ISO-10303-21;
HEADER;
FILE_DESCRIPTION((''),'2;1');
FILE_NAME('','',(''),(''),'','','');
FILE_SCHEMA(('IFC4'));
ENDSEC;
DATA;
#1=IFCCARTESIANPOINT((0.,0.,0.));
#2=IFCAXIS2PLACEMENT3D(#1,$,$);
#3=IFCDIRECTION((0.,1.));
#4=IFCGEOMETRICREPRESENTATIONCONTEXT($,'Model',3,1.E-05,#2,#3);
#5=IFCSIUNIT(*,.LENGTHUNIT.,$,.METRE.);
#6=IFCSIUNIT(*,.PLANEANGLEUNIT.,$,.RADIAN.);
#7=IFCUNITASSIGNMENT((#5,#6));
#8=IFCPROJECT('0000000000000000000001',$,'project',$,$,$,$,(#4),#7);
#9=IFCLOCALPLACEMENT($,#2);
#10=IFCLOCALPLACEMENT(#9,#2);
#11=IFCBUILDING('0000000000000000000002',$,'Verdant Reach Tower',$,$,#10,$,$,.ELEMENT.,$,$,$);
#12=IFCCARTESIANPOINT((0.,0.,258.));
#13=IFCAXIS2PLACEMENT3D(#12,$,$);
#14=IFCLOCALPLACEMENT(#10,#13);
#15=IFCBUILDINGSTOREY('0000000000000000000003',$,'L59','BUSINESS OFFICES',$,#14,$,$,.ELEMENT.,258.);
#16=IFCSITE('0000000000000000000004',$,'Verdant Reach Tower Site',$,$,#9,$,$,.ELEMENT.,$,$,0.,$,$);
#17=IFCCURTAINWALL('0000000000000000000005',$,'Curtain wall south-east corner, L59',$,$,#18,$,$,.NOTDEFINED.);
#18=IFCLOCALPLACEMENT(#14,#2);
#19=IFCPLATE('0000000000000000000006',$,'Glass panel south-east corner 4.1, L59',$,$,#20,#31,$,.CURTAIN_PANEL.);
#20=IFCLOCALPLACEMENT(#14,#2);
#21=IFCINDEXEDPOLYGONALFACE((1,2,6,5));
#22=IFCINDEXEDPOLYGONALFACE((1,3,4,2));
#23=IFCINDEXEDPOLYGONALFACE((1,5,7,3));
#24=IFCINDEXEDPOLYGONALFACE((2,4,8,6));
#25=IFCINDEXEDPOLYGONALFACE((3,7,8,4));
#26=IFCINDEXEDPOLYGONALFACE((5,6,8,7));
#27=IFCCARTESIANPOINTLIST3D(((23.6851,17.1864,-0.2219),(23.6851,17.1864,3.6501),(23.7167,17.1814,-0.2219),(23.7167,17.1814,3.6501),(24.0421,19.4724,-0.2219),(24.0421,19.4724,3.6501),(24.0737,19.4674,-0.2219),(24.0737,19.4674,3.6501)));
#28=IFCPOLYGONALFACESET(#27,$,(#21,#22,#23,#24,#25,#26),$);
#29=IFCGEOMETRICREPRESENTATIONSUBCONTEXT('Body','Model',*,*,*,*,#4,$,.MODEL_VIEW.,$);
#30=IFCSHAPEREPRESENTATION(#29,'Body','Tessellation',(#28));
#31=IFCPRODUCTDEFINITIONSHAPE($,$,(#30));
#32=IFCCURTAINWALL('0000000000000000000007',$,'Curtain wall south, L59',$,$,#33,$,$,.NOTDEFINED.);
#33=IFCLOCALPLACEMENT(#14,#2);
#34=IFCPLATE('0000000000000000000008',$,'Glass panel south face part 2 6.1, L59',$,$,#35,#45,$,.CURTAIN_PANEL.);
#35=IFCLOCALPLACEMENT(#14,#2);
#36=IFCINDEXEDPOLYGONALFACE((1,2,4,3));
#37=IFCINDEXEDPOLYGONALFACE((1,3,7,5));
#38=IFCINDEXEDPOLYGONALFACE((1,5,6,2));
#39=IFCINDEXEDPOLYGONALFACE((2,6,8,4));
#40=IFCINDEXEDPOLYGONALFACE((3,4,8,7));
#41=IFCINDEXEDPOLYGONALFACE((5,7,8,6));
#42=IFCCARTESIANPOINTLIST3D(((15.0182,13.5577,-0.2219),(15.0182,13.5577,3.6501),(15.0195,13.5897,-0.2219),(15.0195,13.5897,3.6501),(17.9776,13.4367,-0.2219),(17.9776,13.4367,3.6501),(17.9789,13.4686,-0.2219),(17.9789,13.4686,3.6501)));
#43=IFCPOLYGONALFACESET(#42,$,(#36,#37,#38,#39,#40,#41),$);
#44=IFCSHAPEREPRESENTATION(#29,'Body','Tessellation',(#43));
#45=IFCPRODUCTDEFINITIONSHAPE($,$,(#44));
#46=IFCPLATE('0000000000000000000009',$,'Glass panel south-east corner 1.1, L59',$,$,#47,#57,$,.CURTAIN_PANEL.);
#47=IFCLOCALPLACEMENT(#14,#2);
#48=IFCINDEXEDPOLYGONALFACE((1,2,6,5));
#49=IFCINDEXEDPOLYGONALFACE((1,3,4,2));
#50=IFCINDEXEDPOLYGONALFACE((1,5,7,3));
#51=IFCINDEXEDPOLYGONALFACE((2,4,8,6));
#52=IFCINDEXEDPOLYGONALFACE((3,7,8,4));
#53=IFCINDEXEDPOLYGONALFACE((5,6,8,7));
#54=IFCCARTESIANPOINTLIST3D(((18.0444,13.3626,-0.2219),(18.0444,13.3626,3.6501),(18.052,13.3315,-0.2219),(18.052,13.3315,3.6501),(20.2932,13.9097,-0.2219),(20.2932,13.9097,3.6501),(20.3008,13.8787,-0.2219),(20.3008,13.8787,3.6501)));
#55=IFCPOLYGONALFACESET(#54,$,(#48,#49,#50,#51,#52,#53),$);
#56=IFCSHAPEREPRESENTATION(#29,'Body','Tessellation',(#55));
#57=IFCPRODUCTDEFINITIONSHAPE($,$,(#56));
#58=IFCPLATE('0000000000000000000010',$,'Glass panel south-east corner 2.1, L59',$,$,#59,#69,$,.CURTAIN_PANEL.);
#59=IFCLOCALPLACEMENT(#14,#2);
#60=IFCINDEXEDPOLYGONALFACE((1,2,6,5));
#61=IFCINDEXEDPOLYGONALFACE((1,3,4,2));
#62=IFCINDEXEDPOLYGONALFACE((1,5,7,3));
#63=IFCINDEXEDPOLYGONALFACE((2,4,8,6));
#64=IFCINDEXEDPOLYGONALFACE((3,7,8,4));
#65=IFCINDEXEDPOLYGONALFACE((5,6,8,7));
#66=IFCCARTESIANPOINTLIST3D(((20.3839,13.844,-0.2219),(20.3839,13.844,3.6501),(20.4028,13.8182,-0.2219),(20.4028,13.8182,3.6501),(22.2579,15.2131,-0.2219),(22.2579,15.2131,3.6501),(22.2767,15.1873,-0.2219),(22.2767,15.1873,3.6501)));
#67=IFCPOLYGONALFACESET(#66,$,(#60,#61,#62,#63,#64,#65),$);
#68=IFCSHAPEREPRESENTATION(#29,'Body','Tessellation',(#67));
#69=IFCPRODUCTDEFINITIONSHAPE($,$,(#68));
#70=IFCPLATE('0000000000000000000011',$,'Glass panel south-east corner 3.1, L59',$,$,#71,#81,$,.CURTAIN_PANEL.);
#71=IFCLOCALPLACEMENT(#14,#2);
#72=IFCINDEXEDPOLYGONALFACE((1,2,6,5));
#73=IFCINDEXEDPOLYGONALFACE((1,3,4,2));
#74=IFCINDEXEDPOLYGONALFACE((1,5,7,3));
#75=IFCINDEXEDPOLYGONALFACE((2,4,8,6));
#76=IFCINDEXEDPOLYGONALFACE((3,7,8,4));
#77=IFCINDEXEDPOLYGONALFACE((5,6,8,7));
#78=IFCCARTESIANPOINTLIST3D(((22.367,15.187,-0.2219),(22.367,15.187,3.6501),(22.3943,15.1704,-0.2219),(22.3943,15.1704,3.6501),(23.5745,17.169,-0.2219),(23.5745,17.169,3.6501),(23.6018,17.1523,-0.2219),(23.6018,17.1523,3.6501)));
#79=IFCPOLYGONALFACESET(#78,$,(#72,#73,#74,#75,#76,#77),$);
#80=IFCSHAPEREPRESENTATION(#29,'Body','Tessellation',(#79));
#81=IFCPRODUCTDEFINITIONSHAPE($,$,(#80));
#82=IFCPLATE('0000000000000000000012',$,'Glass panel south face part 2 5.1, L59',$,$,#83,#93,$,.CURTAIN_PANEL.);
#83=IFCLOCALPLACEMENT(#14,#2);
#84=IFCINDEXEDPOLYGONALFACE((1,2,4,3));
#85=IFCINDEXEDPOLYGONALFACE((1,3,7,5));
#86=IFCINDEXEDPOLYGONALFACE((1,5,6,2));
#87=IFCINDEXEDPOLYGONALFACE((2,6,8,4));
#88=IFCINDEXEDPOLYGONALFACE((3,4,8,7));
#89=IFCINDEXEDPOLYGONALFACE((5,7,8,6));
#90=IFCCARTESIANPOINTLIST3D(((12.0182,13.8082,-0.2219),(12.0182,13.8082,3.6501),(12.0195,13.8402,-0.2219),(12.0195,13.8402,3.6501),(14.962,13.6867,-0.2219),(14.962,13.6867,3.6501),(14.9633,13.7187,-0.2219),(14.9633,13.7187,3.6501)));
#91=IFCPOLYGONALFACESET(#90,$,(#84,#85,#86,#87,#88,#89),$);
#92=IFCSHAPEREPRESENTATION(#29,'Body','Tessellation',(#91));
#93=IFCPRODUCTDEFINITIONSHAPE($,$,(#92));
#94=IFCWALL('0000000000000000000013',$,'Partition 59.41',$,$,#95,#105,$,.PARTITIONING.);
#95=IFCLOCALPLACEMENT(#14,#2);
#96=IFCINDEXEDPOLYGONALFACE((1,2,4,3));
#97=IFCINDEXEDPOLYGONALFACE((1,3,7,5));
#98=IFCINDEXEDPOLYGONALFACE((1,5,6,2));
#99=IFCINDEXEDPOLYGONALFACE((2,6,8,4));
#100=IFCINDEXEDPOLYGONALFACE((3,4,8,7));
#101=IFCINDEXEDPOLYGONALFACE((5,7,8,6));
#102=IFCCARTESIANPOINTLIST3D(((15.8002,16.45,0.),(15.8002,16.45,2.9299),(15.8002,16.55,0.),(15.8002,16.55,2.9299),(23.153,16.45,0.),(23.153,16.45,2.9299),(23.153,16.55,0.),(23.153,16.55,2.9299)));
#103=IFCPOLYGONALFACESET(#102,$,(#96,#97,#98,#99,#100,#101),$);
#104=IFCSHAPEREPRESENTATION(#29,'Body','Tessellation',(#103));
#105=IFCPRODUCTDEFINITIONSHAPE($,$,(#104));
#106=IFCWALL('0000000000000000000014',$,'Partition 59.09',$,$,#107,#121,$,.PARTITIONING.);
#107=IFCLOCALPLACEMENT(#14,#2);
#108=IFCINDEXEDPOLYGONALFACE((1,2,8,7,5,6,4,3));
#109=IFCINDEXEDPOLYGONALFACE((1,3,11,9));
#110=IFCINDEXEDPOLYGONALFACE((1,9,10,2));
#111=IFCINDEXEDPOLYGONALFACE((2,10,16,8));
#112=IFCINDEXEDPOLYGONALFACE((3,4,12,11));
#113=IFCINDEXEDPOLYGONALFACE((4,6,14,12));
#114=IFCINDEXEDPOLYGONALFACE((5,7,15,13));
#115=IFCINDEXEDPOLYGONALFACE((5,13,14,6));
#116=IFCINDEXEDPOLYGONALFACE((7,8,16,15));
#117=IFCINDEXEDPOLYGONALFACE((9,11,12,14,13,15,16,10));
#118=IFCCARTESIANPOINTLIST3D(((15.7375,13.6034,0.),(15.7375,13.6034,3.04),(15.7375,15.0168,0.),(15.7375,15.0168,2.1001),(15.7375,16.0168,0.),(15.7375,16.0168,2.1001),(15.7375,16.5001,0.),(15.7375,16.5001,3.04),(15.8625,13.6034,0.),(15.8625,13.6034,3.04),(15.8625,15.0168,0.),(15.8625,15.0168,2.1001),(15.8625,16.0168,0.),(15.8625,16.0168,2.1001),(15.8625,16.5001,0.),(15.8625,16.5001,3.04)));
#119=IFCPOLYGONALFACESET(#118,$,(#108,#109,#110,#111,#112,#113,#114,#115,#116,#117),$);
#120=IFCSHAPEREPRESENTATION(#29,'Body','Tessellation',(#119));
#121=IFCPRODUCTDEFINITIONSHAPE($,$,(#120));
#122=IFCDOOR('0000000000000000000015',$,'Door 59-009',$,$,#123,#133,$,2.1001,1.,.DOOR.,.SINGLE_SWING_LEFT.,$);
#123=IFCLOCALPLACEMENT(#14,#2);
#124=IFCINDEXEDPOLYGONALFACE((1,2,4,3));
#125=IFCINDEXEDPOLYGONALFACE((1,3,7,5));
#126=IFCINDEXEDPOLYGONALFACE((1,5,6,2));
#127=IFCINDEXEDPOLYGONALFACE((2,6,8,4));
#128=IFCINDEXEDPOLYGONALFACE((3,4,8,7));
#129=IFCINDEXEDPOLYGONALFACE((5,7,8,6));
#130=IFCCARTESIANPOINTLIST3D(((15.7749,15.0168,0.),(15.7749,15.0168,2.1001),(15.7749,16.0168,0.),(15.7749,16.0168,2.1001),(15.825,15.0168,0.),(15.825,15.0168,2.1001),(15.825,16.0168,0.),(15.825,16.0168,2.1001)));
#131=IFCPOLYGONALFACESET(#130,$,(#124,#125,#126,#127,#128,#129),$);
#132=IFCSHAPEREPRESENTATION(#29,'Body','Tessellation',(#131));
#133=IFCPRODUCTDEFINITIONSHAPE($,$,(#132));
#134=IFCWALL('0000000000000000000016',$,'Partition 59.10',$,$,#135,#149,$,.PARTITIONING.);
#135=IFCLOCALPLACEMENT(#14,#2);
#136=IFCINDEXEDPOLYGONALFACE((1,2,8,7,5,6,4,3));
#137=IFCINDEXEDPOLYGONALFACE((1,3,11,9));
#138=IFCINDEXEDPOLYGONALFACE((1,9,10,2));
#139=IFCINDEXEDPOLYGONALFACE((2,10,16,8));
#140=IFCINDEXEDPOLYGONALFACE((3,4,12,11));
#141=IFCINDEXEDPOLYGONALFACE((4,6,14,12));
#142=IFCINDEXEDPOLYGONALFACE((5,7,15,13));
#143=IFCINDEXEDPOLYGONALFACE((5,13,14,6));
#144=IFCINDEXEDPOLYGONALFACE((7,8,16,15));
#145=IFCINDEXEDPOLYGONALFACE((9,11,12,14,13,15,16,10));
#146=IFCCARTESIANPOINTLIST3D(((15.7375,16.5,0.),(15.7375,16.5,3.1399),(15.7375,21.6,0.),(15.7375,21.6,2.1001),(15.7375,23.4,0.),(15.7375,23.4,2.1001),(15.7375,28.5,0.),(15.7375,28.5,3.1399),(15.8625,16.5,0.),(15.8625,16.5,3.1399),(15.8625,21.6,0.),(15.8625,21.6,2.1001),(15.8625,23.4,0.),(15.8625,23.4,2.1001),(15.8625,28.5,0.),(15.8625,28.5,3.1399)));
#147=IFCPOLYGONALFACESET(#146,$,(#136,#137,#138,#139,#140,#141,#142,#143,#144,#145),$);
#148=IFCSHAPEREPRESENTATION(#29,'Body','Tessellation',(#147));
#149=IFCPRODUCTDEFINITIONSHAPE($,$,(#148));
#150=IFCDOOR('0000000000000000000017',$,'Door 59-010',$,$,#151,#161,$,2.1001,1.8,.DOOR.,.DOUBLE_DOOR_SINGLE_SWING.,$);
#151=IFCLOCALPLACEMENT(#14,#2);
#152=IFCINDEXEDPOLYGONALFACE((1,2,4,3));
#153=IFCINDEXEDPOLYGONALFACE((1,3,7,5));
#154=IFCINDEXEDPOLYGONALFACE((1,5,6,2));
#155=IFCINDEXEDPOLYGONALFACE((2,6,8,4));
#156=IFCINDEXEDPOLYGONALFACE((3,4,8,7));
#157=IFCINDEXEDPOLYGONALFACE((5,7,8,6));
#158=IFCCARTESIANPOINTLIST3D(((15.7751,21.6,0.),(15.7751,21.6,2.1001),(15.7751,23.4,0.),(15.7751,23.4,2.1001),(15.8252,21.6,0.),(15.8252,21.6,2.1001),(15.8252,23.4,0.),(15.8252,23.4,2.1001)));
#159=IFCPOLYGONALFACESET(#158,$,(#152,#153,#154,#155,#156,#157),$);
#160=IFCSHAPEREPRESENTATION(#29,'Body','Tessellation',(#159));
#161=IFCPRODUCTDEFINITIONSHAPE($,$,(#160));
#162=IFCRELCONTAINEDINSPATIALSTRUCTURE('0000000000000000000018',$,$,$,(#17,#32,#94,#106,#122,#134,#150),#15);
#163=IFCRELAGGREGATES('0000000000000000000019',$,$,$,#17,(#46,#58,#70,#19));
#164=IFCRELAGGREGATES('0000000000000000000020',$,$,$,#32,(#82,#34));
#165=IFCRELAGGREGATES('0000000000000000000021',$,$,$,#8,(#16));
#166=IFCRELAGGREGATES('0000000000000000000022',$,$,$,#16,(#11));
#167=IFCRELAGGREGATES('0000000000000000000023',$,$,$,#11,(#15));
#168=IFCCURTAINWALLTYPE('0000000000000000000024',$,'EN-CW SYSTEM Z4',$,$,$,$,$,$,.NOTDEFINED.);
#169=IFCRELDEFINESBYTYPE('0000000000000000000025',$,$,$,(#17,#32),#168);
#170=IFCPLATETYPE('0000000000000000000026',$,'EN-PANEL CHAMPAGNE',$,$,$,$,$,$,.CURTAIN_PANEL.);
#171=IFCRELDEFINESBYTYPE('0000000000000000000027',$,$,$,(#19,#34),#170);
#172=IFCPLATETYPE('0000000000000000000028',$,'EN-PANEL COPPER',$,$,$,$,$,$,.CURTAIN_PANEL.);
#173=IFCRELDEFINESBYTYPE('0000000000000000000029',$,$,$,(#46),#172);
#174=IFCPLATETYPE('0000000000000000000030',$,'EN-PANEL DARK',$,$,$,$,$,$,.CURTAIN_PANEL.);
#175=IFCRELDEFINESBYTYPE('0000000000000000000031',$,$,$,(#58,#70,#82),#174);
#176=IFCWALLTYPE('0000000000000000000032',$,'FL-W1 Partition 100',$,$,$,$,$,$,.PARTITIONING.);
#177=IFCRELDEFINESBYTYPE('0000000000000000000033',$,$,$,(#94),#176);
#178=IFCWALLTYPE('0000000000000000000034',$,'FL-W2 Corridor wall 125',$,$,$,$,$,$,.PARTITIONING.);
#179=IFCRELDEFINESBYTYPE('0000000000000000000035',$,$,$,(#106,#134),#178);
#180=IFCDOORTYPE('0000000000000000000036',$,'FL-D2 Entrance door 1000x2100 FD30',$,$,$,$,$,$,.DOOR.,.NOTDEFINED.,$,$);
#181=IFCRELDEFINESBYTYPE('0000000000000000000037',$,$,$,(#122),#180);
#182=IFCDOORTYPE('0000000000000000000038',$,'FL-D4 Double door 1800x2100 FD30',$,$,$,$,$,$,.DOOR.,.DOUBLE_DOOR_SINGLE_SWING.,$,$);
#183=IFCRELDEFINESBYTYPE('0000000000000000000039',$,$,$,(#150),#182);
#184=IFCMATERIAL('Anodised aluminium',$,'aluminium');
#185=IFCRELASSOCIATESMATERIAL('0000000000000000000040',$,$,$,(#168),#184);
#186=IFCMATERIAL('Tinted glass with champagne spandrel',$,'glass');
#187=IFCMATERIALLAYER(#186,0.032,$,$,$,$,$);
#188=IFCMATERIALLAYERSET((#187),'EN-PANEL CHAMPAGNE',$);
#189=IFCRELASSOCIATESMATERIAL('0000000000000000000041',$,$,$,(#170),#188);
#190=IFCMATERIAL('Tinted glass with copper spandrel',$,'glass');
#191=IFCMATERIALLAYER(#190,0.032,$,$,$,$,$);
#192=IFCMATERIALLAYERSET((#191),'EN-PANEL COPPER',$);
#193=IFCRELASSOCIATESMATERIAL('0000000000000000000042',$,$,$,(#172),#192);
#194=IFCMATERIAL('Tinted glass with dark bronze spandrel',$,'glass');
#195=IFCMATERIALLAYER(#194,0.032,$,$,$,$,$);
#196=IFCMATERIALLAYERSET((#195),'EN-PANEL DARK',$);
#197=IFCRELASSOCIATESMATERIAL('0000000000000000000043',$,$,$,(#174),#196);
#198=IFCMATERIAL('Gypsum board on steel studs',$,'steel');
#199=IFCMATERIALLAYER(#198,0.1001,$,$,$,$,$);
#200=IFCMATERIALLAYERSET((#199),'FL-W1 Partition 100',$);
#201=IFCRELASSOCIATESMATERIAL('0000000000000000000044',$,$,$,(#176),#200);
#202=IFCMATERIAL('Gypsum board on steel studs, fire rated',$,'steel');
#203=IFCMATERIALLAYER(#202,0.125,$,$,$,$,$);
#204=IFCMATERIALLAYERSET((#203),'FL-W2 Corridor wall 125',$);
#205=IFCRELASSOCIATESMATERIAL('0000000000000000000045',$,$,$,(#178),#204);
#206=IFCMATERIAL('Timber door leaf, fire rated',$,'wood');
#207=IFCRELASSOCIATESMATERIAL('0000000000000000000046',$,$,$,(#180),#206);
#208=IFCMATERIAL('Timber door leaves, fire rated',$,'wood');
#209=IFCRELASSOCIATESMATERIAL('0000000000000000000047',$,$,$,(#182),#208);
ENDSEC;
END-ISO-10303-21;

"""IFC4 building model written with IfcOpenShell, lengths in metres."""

from ifc_helpers import new_model, si_unit, direction, frame, frame_2d, origin, origin_2d, place, context, subcontext, project, spatial, rectangle, extrude, material, layer, layer_set, type_object, element, fill, aggregate, save


model = new_model("IFC4")

# Units and contexts
model_context = context("Model", 3, precision=1e-05, world=origin(), true_north=direction((0.0, 1.0)))
body_context = subcontext(model_context, "Body", "Model", "MODEL_VIEW")
ifc_project = project(units=[si_unit("LENGTHUNIT", "METRE"), si_unit("PLANEANGLEUNIT", "RADIAN")], contexts=[model_context])

# Site, building, storey
site_placement = place(None, origin())
site = spatial("IfcSite", under=ifc_project, at=site_placement, Name="Verdant Reach Tower Site", CompositionType="ELEMENT", RefElevation=0.0)
building_placement = place(site_placement, origin())
building = spatial("IfcBuilding", under=site, at=building_placement, Name="Verdant Reach Tower", CompositionType="ELEMENT")
storey_placement = place(building_placement, frame((0.0, 0.0, 258.0)))
storey = spatial("IfcBuildingStorey", under=building, at=storey_placement, Name="L59", Description="BUSINESS OFFICES", CompositionType="ELEMENT", Elevation=258.0)

# Curtain walls, plates
ifc_material_1 = material(Name="Anodised aluminium", Category="aluminium")
curtain_wall_type = type_object("IfcCurtainWallType", Name="EN-CW SYSTEM Z4", PredefinedType="NOTDEFINED", material=ifc_material_1)
curtain_wall_1_placement = place(storey_placement, origin())
curtain_wall_1 = element("IfcCurtainWall", 1, at=curtain_wall_1_placement, inside=storey, type_object=curtain_wall_type, Name="Curtain wall south-east corner, L59", PredefinedType="NOTDEFINED")
ifc_material_2 = material(Name="Tinted glass with champagne spandrel", Category="glass")
ifc_layer_1 = layer(ifc_material_2, 0.032)
ifc_layer_set_1 = layer_set([ifc_layer_1], Name="EN-PANEL CHAMPAGNE")
plate_type_1 = type_object("IfcPlateType", Name="EN-PANEL CHAMPAGNE", PredefinedType="CURTAIN_PANEL", material=ifc_layer_set_1)
plate_1_placement = place(storey_placement, frame((23.8794, 18.3269, -0.2219), z_axis=(0.0, 0.0, 1.0), x_axis=(0.154325, 0.98802, 0.0)))
plate_1 = element("IfcPlate", 2, at=plate_1_placement, type_object=plate_type_1, Name="Glass panel south-east corner 4.1, L59", PredefinedType="CURTAIN_PANEL", context=body_context, shape_type="SweptSolid", body=[
    extrude(rectangle(XDim=2.3137, YDim=0.032, at=origin_2d()), origin(), (0.0, 0.0, 1.0), 3.8721),
])
curtain_wall_2_placement = place(storey_placement, origin())
curtain_wall_2 = element("IfcCurtainWall", 3, at=curtain_wall_2_placement, inside=storey, type_object=curtain_wall_type, Name="Curtain wall south, L59", PredefinedType="NOTDEFINED")
plate_2_placement = place(storey_placement, frame((16.4985, 13.5132, -0.2219), z_axis=(0.0, 0.0, 1.0), x_axis=(0.999164, -0.040881, 0.0)))
plate_2 = element("IfcPlate", 4, at=plate_2_placement, type_object=plate_type_1, Name="Glass panel south face part 2 6.1, L59", PredefinedType="CURTAIN_PANEL", context=body_context, shape_type="SweptSolid", body=[
    extrude(rectangle(XDim=2.9619, YDim=0.032, at=origin_2d()), origin(), (0.0, 0.0, 1.0), 3.8721),
])

# Plates
ifc_material_3 = material(Name="Tinted glass with copper spandrel", Category="glass")
ifc_layer_2 = layer(ifc_material_3, 0.032)
ifc_layer_set_2 = layer_set([ifc_layer_2], Name="EN-PANEL COPPER")
plate_type_2 = type_object("IfcPlateType", Name="EN-PANEL COPPER", PredefinedType="CURTAIN_PANEL", material=ifc_layer_set_2)
plate_3_placement = place(storey_placement, frame((19.1726, 13.6206, -0.2219), z_axis=(0.0, 0.0, 1.0), x_axis=(0.971652, 0.236414, 0.0)))
plate_3 = element("IfcPlate", 5, at=plate_3_placement, type_object=plate_type_2, Name="Glass panel south-east corner 1.1, L59", PredefinedType="CURTAIN_PANEL", context=body_context, shape_type="SweptSolid", body=[
    extrude(rectangle(XDim=2.3145, YDim=0.032, at=origin_2d()), origin(), (0.0, 0.0, 1.0), 3.8721),
])
ifc_material_4 = material(Name="Tinted glass with dark bronze spandrel", Category="glass")
ifc_layer_3 = layer(ifc_material_4, 0.032)
ifc_layer_set_3 = layer_set([ifc_layer_3], Name="EN-PANEL DARK")
plate_type_3 = type_object("IfcPlateType", Name="EN-PANEL DARK", PredefinedType="CURTAIN_PANEL", material=ifc_layer_set_3)
plate_4_placement = place(storey_placement, frame((21.3303, 14.5156, -0.2219), z_axis=(0.0, 0.0, 1.0), x_axis=(0.807457, 0.589927, 0.0)))
plate_4 = element("IfcPlate", 6, at=plate_4_placement, type_object=plate_type_3, Name="Glass panel south-east corner 2.1, L59", PredefinedType="CURTAIN_PANEL", context=body_context, shape_type="SweptSolid", body=[
    extrude(rectangle(XDim=2.3208, YDim=0.032, at=origin_2d()), origin(), (0.0, 0.0, 1.0), 3.8721),
])
plate_5_placement = place(storey_placement, frame((22.9844, 16.1697, -0.2219), z_axis=(0.0, 0.0, 1.0), x_axis=(0.520292, 0.853989, 0.0)))
plate_5 = element("IfcPlate", 7, at=plate_5_placement, type_object=plate_type_3, Name="Glass panel south-east corner 3.1, L59", PredefinedType="CURTAIN_PANEL", context=body_context, shape_type="SweptSolid", body=[
    extrude(rectangle(XDim=2.3208, YDim=0.032, at=origin_2d()), origin(), (0.0, 0.0, 1.0), 3.8721),
])
aggregate(curtain_wall_1, [plate_3, plate_4, plate_5, plate_1])
plate_6_placement = place(storey_placement, frame((13.4907, 13.7634, -0.2219), z_axis=(0.0, 0.0, 1.0), x_axis=(0.999149, -0.041242, 0.0)))
plate_6 = element("IfcPlate", 8, at=plate_6_placement, type_object=plate_type_3, Name="Glass panel south face part 2 5.1, L59", PredefinedType="CURTAIN_PANEL", context=body_context, shape_type="SweptSolid", body=[
    extrude(rectangle(XDim=2.9463, YDim=0.032, at=origin_2d()), origin(), (0.0, 0.0, 1.0), 3.8721),
])
aggregate(curtain_wall_2, [plate_6, plate_2])

# Wall
ifc_material_5 = material(Name="Gypsum board on steel studs", Category="steel")
ifc_layer_4 = layer(ifc_material_5, 0.1001)
ifc_layer_set_4 = layer_set([ifc_layer_4], Name="FL-W1 Partition 100")
wall_type_1 = type_object("IfcWallType", Name="FL-W1 Partition 100", PredefinedType="PARTITIONING", material=ifc_layer_set_4)
wall_1_placement = place(storey_placement, frame((23.1528, 16.5, 0.0), z_axis=(0.0, 0.0, 1.0), x_axis=(-1.0, 0.0, 0.0)))
element("IfcWall", 9, at=wall_1_placement, inside=storey, type_object=wall_type_1, Name="Partition 59.41", PredefinedType="PARTITIONING", context=body_context, shape_type="SweptSolid", body=[
    extrude(rectangle(XDim=7.3528, YDim=0.1001, at=frame_2d((3.6763, 0.0))), origin(), (0.0, 0.0, 1.0), 2.9299),
])

# Walls, openings, doors
ifc_material_6 = material(Name="Gypsum board on steel studs, fire rated", Category="steel")
ifc_layer_5 = layer(ifc_material_6, 0.125)
ifc_layer_set_5 = layer_set([ifc_layer_5], Name="FL-W2 Corridor wall 125")
wall_type_2 = type_object("IfcWallType", Name="FL-W2 Corridor wall 125", PredefinedType="PARTITIONING", material=ifc_layer_set_5)
wall_2_placement = place(storey_placement, frame((15.8, 16.5, 0.0), z_axis=(0.0, 0.0, 1.0), x_axis=(0.0, -1.0, 0.0)))
wall_2 = element("IfcWall", 10, at=wall_2_placement, inside=storey, type_object=wall_type_2, Name="Partition 59.09", PredefinedType="PARTITIONING", context=body_context, shape_type="SweptSolid", body=[
    extrude(rectangle(XDim=2.8967, YDim=0.125, at=frame_2d((1.4482, 0.0))), origin(), (0.0, 0.0, 1.0), 3.04),
])
opening_1_placement = place(wall_2_placement, frame((0.4832, 0.0, 0.0)))
opening_1 = element("IfcOpeningElement", 11, at=opening_1_placement, cuts=wall_2, PredefinedType="OPENING", context=body_context, shape_type="SweptSolid", body=[
    extrude(rectangle(XDim=1.0, YDim=2.1001, at=frame_2d((0.5, 1.05))), frame((0.0, 0.0725, 0.0), z_axis=(0.0, -1.0, 0.0), x_axis=(1.0, 0.0, 0.0)), (0.0, 0.0, 1.0), 0.145),
])
ifc_material_7 = material(Name="Timber door leaf, fire rated", Category="wood")
door_type_1 = type_object("IfcDoorType", Name="FL-D2 Entrance door 1000x2100 FD30", OperationType="NOTDEFINED", PredefinedType="DOOR", material=ifc_material_7)
door_1_placement = place(opening_1_placement, origin())
door_1 = element("IfcDoor", 12, at=door_1_placement, inside=storey, type_object=door_type_1, Name="Door 59-009", OperationType="SINGLE_SWING_LEFT", OverallHeight=2.1001, OverallWidth=1.0, PredefinedType="DOOR", context=body_context, shape_type="SweptSolid", body=[
    extrude(rectangle(XDim=1.0, YDim=2.1001, at=frame_2d((0.5, 1.05))), frame((0.0, 0.0249, 0.0), z_axis=(0.0, -1.0, 0.0), x_axis=(1.0, 0.0, 0.0)), (0.0, 0.0, 1.0), 0.05),
])
fill(opening_1, door_1)
wall_3_placement = place(storey_placement, frame((15.8, 16.5, 0.0), z_axis=(0.0, 0.0, 1.0), x_axis=(0.0, 1.0, 0.0)))
wall_3 = element("IfcWall", 13, at=wall_3_placement, inside=storey, type_object=wall_type_2, Name="Partition 59.10", PredefinedType="PARTITIONING", context=body_context, shape_type="SweptSolid", body=[
    extrude(rectangle(XDim=12.0, YDim=0.125, at=frame_2d((6.0, 0.0))), origin(), (0.0, 0.0, 1.0), 3.1399),
])
opening_2_placement = place(wall_3_placement, frame((5.1001, 0.0, 0.0)))
opening_2 = element("IfcOpeningElement", 14, at=opening_2_placement, cuts=wall_3, PredefinedType="OPENING", context=body_context, shape_type="SweptSolid", body=[
    extrude(rectangle(XDim=1.8, YDim=2.1001, at=frame_2d((0.8999, 1.05))), frame((0.0, 0.0725, 0.0), z_axis=(0.0, -1.0, 0.0), x_axis=(1.0, 0.0, 0.0)), (0.0, 0.0, 1.0), 0.145),
])
ifc_material_8 = material(Name="Timber door leaves, fire rated", Category="wood")
door_type_2 = type_object("IfcDoorType", Name="FL-D4 Double door 1800x2100 FD30", OperationType="DOUBLE_DOOR_SINGLE_SWING", PredefinedType="DOOR", material=ifc_material_8)
door_2_placement = place(opening_2_placement, origin())
door_2 = element("IfcDoor", 15, at=door_2_placement, inside=storey, type_object=door_type_2, Name="Door 59-010", OperationType="DOUBLE_DOOR_SINGLE_SWING", OverallHeight=2.1001, OverallWidth=1.8, PredefinedType="DOOR", context=body_context, shape_type="SweptSolid", body=[
    extrude(rectangle(XDim=1.8, YDim=2.1001, at=frame_2d((0.8999, 1.05))), frame((0.0, 0.0249, 0.0), z_axis=(0.0, -1.0, 0.0), x_axis=(1.0, 0.0, 0.0)), (0.0, 0.0, 1.0), 0.05),
])
fill(opening_2, door_2)

save(model, "model.ifc")
